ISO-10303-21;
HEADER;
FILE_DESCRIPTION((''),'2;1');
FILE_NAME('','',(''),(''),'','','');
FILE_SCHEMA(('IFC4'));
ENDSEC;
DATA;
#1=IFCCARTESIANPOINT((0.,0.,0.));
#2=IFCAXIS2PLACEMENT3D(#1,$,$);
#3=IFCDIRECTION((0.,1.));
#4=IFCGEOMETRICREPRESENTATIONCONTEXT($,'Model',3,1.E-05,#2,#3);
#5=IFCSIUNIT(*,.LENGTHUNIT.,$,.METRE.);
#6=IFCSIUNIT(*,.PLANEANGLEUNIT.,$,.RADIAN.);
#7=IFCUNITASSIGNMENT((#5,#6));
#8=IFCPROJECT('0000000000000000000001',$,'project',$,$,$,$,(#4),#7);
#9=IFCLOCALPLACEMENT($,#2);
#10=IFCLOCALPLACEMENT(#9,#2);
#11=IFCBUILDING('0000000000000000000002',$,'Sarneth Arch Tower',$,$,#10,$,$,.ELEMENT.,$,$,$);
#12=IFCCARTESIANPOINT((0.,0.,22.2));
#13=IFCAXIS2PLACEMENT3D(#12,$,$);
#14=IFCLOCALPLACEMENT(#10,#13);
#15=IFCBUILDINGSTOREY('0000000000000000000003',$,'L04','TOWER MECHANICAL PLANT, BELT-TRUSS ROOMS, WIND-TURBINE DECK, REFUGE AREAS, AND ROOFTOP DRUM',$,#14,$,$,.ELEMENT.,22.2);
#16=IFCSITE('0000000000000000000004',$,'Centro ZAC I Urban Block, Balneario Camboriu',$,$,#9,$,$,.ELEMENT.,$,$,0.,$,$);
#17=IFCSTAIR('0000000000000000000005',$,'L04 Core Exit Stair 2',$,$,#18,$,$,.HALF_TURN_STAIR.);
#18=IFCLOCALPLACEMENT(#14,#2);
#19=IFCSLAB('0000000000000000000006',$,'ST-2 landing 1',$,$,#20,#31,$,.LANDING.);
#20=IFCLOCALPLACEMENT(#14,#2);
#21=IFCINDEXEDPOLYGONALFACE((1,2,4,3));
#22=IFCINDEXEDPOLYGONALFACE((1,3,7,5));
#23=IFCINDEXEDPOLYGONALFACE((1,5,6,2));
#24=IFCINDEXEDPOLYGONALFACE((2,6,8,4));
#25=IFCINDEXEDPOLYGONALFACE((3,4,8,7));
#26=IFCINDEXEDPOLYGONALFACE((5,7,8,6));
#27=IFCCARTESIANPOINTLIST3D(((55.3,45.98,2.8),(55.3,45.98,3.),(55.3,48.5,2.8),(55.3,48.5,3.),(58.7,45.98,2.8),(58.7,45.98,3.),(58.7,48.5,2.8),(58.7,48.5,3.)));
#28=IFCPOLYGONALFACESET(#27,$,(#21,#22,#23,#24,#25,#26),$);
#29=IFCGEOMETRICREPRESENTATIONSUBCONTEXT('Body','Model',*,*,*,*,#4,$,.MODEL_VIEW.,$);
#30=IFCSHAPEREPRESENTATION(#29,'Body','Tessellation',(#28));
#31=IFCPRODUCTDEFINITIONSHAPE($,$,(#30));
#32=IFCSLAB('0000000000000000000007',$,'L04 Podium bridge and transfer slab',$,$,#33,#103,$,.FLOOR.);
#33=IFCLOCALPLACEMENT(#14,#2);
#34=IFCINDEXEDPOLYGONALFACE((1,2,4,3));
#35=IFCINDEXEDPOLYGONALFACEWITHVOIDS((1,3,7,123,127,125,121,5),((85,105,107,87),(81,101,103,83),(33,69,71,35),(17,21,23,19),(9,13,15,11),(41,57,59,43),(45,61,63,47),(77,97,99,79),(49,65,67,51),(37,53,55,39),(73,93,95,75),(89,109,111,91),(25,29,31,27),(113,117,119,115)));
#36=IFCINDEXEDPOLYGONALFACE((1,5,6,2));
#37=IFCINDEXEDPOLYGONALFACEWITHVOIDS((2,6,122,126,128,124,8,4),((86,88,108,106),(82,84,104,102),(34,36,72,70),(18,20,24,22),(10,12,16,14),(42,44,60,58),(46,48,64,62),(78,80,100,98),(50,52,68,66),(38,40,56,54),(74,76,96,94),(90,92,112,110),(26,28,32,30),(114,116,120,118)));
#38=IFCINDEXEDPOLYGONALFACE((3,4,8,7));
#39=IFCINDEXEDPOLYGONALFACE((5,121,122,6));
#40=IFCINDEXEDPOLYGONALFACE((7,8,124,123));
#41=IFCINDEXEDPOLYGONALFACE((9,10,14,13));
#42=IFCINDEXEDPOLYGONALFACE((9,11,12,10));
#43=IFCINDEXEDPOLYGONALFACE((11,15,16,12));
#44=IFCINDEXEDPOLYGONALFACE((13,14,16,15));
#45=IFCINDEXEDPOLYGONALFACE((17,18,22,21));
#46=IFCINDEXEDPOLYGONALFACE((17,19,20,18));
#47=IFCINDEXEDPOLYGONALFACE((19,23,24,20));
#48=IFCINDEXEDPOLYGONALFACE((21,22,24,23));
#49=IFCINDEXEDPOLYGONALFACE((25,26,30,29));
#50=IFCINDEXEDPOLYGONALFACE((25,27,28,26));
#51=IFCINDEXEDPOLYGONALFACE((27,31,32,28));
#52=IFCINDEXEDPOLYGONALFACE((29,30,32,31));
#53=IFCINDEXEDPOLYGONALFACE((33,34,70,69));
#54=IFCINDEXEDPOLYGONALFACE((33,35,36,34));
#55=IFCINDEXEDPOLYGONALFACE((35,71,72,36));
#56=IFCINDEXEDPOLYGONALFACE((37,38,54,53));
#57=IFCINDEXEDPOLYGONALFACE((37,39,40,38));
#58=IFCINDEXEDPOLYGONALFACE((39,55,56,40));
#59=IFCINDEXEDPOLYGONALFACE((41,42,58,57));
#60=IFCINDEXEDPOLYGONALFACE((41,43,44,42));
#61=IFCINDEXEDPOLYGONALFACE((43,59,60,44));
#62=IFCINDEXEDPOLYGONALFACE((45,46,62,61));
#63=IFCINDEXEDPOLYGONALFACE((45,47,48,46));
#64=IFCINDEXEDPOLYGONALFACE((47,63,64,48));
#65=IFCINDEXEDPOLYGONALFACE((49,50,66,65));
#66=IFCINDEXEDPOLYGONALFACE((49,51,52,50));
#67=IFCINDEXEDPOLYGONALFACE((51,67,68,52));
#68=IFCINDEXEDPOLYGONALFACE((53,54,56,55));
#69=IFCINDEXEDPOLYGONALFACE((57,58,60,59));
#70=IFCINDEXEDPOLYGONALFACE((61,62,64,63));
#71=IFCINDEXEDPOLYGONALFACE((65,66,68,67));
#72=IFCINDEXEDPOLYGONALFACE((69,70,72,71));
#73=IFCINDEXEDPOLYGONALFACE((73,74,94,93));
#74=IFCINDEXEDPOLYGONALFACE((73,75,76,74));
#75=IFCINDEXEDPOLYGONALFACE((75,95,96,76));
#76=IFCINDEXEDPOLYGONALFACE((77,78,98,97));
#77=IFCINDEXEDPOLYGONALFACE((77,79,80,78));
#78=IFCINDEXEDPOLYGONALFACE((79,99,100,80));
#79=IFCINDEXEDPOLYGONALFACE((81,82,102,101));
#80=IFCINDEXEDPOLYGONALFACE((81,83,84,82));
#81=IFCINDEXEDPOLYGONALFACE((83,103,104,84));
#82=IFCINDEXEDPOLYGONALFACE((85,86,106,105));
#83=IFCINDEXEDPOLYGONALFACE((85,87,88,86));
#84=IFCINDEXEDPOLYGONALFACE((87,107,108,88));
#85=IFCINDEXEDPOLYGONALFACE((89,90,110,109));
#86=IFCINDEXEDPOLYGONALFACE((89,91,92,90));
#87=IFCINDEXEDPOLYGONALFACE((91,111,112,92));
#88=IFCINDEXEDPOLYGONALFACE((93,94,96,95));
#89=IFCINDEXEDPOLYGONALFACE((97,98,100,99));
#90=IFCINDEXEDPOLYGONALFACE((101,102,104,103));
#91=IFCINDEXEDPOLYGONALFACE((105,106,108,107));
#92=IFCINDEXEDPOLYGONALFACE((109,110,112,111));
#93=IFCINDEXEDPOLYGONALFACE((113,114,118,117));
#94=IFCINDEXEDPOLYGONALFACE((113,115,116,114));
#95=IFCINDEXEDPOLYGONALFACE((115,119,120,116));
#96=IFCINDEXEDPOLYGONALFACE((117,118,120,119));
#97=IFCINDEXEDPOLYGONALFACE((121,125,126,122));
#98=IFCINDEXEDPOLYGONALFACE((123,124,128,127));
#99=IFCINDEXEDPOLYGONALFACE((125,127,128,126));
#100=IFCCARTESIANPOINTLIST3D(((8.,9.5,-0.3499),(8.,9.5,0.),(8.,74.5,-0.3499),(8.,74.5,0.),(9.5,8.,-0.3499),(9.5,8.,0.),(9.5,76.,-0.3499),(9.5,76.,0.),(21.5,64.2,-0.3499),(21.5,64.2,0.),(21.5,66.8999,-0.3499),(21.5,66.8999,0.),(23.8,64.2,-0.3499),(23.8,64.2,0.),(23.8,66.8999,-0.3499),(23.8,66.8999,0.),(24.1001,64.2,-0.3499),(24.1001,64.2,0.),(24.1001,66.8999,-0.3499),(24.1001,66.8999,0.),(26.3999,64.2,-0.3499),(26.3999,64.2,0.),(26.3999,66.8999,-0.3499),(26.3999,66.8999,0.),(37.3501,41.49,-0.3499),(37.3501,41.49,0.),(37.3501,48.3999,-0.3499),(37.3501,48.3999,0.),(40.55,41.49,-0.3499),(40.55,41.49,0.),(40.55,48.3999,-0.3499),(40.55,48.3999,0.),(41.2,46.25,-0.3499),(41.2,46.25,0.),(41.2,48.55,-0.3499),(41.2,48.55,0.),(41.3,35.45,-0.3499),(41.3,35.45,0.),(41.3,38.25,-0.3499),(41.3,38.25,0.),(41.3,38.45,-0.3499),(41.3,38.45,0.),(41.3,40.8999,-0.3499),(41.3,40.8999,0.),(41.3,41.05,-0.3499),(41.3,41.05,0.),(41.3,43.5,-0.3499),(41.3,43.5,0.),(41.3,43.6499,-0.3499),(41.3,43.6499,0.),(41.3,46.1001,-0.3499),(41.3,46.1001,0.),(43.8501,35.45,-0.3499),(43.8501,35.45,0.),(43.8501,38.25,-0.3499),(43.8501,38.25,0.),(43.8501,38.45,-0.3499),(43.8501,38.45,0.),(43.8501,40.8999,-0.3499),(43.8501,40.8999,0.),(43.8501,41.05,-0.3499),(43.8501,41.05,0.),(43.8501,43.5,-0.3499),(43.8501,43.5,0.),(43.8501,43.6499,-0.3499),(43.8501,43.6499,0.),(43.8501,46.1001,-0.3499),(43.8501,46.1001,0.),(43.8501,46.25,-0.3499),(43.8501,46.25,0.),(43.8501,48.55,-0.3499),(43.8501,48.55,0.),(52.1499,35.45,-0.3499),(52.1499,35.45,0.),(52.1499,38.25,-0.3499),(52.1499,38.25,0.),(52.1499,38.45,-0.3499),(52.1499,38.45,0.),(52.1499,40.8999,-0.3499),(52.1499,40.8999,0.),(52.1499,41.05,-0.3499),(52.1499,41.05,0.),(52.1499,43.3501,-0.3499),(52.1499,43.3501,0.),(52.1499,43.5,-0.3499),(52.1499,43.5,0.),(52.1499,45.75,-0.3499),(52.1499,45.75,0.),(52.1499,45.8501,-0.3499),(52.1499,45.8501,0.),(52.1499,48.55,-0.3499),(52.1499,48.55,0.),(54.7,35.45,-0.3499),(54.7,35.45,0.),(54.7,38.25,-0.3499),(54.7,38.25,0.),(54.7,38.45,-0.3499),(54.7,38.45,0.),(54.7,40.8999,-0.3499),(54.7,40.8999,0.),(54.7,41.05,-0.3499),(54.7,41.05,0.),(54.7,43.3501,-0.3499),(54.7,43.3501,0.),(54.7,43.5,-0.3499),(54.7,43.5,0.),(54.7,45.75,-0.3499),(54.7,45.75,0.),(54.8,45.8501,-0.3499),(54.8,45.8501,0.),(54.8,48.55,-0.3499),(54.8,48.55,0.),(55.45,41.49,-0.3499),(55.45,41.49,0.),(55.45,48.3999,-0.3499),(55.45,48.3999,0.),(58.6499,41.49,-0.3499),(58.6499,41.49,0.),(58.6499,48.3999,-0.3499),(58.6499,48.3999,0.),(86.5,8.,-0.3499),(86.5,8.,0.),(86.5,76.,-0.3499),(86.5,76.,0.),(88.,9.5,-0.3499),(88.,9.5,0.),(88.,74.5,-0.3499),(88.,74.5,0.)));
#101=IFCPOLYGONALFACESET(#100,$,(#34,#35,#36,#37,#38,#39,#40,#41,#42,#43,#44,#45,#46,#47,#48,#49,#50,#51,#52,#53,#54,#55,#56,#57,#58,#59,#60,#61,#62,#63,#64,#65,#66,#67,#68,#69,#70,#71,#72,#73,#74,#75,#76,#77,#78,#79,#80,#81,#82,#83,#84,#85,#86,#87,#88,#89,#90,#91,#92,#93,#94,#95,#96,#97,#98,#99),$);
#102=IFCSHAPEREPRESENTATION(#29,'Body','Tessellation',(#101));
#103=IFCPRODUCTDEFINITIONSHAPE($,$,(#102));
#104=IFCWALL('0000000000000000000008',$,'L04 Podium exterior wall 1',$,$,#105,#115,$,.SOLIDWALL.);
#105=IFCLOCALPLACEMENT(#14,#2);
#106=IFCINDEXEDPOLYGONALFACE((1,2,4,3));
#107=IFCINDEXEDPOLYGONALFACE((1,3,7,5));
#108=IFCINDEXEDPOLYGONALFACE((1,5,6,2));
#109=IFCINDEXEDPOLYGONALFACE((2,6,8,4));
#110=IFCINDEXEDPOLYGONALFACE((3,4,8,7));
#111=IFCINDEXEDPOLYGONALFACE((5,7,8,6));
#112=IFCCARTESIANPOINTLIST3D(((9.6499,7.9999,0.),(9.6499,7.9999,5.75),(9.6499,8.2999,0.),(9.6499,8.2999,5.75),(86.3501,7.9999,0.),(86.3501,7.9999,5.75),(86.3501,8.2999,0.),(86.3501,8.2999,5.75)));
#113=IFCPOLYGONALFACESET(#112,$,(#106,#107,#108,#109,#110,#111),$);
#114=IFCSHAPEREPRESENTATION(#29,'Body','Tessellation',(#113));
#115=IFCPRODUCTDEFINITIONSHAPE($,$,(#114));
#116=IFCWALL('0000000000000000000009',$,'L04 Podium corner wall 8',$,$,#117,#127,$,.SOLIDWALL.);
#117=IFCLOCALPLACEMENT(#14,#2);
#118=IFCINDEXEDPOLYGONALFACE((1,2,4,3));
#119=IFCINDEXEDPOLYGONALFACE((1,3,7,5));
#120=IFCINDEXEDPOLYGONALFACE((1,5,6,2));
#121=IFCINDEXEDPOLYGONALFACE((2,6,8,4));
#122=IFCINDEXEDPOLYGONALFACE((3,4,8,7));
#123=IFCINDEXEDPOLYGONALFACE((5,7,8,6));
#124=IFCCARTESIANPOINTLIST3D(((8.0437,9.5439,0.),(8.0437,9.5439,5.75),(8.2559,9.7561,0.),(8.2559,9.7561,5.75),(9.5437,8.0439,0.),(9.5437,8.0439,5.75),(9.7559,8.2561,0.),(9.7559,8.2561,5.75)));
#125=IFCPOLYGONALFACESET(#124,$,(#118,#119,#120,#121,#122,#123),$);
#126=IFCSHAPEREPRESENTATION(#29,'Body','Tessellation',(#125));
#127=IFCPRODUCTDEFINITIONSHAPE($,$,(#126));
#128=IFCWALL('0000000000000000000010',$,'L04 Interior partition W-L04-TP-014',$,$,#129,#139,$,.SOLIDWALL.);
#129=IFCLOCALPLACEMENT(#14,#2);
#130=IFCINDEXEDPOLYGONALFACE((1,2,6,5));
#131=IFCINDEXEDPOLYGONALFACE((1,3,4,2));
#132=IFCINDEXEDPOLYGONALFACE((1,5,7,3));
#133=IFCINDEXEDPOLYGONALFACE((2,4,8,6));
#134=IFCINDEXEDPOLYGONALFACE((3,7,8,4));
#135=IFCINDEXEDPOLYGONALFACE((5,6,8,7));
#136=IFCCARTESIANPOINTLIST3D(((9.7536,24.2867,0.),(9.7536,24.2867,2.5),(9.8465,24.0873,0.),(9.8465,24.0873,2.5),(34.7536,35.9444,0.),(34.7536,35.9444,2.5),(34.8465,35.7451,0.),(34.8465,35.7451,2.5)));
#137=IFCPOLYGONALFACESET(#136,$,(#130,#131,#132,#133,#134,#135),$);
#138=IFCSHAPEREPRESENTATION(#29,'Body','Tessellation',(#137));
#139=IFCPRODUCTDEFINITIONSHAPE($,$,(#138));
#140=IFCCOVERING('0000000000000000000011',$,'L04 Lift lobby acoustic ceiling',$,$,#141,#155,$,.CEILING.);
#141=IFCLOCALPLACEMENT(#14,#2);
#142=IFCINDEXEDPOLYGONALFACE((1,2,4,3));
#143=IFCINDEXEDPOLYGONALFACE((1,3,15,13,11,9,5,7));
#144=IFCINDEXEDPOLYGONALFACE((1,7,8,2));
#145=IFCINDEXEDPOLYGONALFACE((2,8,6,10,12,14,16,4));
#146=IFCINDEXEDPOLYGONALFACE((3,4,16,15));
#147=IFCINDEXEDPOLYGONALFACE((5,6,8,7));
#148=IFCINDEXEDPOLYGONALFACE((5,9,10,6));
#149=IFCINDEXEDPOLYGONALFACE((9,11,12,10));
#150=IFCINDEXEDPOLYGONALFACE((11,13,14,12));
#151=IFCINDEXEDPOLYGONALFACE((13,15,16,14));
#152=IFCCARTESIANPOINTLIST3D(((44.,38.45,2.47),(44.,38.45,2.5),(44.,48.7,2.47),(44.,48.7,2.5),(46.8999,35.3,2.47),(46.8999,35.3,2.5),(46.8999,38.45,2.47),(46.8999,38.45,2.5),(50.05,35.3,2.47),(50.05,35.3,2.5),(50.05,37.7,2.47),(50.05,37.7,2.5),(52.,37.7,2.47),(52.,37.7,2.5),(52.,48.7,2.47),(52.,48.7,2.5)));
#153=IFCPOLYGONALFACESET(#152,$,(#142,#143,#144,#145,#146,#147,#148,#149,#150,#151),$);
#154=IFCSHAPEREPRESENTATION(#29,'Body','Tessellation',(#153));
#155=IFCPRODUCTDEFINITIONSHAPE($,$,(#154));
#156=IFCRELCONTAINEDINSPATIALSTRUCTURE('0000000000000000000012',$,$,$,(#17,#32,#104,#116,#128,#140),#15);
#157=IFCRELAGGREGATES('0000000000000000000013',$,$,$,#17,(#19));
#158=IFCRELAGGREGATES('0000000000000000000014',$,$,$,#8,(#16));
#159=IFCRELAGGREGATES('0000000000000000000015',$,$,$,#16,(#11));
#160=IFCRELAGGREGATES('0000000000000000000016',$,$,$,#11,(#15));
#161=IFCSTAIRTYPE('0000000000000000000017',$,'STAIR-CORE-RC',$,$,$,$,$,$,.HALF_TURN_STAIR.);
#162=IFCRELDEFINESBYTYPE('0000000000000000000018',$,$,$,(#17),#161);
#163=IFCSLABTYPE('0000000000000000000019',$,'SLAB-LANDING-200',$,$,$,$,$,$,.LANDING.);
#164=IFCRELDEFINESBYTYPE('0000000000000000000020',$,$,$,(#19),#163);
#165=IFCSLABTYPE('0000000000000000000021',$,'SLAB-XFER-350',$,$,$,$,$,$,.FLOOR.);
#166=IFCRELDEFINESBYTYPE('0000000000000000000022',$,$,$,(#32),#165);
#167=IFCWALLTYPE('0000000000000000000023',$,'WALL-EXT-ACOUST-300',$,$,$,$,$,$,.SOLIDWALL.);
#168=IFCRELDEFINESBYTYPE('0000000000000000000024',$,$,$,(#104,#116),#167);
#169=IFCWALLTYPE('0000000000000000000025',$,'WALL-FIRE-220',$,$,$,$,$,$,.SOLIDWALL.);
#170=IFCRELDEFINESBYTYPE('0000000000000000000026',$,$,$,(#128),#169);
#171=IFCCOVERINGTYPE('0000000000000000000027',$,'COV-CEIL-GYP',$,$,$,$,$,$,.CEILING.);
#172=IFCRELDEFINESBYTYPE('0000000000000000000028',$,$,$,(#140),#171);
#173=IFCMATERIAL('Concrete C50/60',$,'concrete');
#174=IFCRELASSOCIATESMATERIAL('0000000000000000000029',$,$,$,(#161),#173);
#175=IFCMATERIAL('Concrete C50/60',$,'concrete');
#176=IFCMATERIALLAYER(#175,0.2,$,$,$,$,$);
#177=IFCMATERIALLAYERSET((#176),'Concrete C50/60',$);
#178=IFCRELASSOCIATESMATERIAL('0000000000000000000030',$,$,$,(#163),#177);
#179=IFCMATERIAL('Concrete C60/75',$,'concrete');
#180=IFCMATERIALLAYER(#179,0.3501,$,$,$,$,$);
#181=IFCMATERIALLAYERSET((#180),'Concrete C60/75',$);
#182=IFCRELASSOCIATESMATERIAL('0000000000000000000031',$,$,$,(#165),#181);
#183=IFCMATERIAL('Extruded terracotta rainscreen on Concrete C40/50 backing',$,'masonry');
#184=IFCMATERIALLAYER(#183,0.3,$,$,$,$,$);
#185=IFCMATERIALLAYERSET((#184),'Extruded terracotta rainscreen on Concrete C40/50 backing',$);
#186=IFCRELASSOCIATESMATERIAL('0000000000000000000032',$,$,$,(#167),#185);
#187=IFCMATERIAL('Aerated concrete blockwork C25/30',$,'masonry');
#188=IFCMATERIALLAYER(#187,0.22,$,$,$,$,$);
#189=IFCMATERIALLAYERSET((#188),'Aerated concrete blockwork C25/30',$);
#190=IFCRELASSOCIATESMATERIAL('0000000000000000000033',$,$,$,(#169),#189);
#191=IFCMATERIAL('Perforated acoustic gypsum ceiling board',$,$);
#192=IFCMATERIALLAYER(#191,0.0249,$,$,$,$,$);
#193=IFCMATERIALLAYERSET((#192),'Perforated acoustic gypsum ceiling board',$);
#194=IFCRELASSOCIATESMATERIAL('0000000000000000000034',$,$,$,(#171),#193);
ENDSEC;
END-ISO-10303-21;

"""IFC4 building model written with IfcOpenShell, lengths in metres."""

from ifc_helpers import new_model, si_unit, direction, frame, frame_2d, origin, place, context, subcontext, project, spatial, polyline, rectangle, outline, extrude, material, layer, layer_set, type_object, element, aggregate, save


model = new_model("IFC4")

# Units and contexts
model_context = context("Model", 3, precision=1e-05, world=origin(), true_north=direction((0.0, 1.0)))
body_context = subcontext(model_context, "Body", "Model", "MODEL_VIEW")
ifc_project = project(units=[si_unit("LENGTHUNIT", "METRE"), si_unit("PLANEANGLEUNIT", "RADIAN")], contexts=[model_context])

# Site, building, storey
site_placement = place(None, origin())
site = spatial("IfcSite", under=ifc_project, at=site_placement, Name="Centro ZAC I Urban Block, Balneario Camboriu", CompositionType="ELEMENT", RefElevation=0.0)
building_placement = place(site_placement, origin())
building = spatial("IfcBuilding", under=site, at=building_placement, Name="Sarneth Arch Tower", CompositionType="ELEMENT")
storey_placement = place(building_placement, frame((0.0, 0.0, 22.2)))
storey = spatial("IfcBuildingStorey", under=building, at=storey_placement, Name="L04", Description="TOWER MECHANICAL PLANT, BELT-TRUSS ROOMS, WIND-TURBINE DECK, REFUGE AREAS, AND ROOFTOP DRUM", CompositionType="ELEMENT", Elevation=22.2)

# Stair, slab
ifc_material_1 = material(Name="Concrete C50/60", Category="concrete")
stair_type = type_object("IfcStairType", Name="STAIR-CORE-RC", PredefinedType="HALF_TURN_STAIR", material=ifc_material_1)
ifc_material_2 = material(Name="Concrete C50/60", Category="concrete")
ifc_layer_1 = layer(ifc_material_2, 0.2)
ifc_layer_set_1 = layer_set([ifc_layer_1], Name="Concrete C50/60")
slab_type_1 = type_object("IfcSlabType", Name="SLAB-LANDING-200", PredefinedType="LANDING", material=ifc_layer_set_1)
stair_1_placement = place(storey_placement, origin())
stair_1 = element("IfcStair", 1, at=stair_1_placement, inside=storey, type_object=stair_type, Name="L04 Core Exit Stair 2", PredefinedType="HALF_TURN_STAIR")
slab_1_placement = place(storey_placement, frame((0.0, 0.0, 2.8)))
slab_1 = element("IfcSlab", 2, at=slab_1_placement, type_object=slab_type_1, Name="ST-2 landing 1", PredefinedType="LANDING", context=body_context, shape_type="SweptSolid", body=[
    extrude(outline(polyline([(55.3, 45.98), (58.7, 45.98), (58.7, 48.5), (55.3, 48.5), (55.3, 45.98)])), origin(), (0.0, 0.0, 1.0), 0.2),
])
aggregate(stair_1, [slab_1])

# Slab
ifc_material_3 = material(Name="Concrete C60/75", Category="concrete")
ifc_layer_2 = layer(ifc_material_3, 0.3501)
ifc_layer_set_2 = layer_set([ifc_layer_2], Name="Concrete C60/75")
slab_type_2 = type_object("IfcSlabType", Name="SLAB-XFER-350", PredefinedType="FLOOR", material=ifc_layer_set_2)
slab_2_placement = place(storey_placement, frame((0.0, 0.0, -0.3499)))
element("IfcSlab", 3, at=slab_2_placement, inside=storey, type_object=slab_type_2, Name="L04 Podium bridge and transfer slab", PredefinedType="FLOOR", context=body_context, shape_type="SweptSolid", body=[
    extrude(outline(polyline([(9.5, 8.0), (86.5, 8.0), (88.0, 9.5), (88.0, 74.5), (86.5, 76.0), (9.5, 76.0), (8.0, 74.5), (8.0, 9.5), (9.5, 8.0)]), holes=[polyline([(37.3501, 41.49), (40.55, 41.49), (40.55, 48.3999), (37.3501, 48.3999), (37.3501, 41.49)]), polyline([(55.45, 41.49), (58.6499, 41.49), (58.6499, 48.3999), (55.45, 48.3999), (55.45, 41.49)]), polyline([(41.2, 46.25), (43.8501, 46.25), (43.8501, 48.55), (41.2, 48.55), (41.2, 46.25)]), polyline([(41.3, 35.45), (43.8501, 35.45), (43.8501, 38.25), (41.3, 38.25), (41.3, 35.45)]), polyline([(52.1499, 35.45), (54.7, 35.45), (54.7, 38.25), (52.1499, 38.25), (52.1499, 35.45)]), polyline([(52.1499, 45.8501), (54.8, 45.8501), (54.8, 48.55), (52.1499, 48.55), (52.1499, 45.8501)]), polyline([(41.3, 38.45), (43.8501, 38.45), (43.8501, 40.8999), (41.3, 40.8999), (41.3, 38.45)]), polyline([(41.3, 41.05), (43.8501, 41.05), (43.8501, 43.5), (41.3, 43.5), (41.3, 41.05)]), polyline([(41.3, 43.6499), (43.8501, 43.6499), (43.8501, 46.1001), (41.3, 46.1001), (41.3, 43.6499)]), polyline([(52.1499, 38.45), (54.7, 38.45), (54.7, 40.8999), (52.1499, 40.8999), (52.1499, 38.45)]), polyline([(52.1499, 41.05), (54.7, 41.05), (54.7, 43.3501), (52.1499, 43.3501), (52.1499, 41.05)]), polyline([(52.1499, 43.5), (54.7, 43.5), (54.7, 45.75), (52.1499, 45.75), (52.1499, 43.5)]), polyline([(21.5, 64.2), (23.8, 64.2), (23.8, 66.8999), (21.5, 66.8999), (21.5, 64.2)]), polyline([(24.1001, 64.2), (26.3999, 64.2), (26.3999, 66.8999), (24.1001, 66.8999), (24.1001, 64.2)])]), origin(), (0.0, 0.0, 1.0), 0.3499),
])

# Walls
ifc_material_4 = material(Name="Extruded terracotta rainscreen on Concrete C40/50 backing", Category="masonry")
ifc_layer_3 = layer(ifc_material_4, 0.3)
ifc_layer_set_3 = layer_set([ifc_layer_3], Name="Extruded terracotta rainscreen on Concrete C40/50 backing")
wall_type_1 = type_object("IfcWallType", Name="WALL-EXT-ACOUST-300", PredefinedType="SOLIDWALL", material=ifc_layer_set_3)
wall_1_placement = place(storey_placement, frame((9.6499, 8.1499, 0.0), z_axis=(0.0, 0.0, 1.0), x_axis=(1.0, 0.0, 0.0)))
element("IfcWall", 4, at=wall_1_placement, inside=storey, type_object=wall_type_1, Name="L04 Podium exterior wall 1", PredefinedType="SOLIDWALL", context=body_context, shape_type="SweptSolid", body=[
    extrude(rectangle(XDim=76.7002, YDim=0.3, at=frame_2d((38.3501, 0.0))), origin(), (0.0, 0.0, 1.0), 5.75),
])
wall_2_placement = place(storey_placement, frame((8.1499, 9.6499, 0.0), z_axis=(0.0, 0.0, 1.0), x_axis=(0.707107, -0.707107, 0.0)))
element("IfcWall", 5, at=wall_2_placement, inside=storey, type_object=wall_type_1, Name="L04 Podium corner wall 8", PredefinedType="SOLIDWALL", context=body_context, shape_type="SweptSolid", body=[
    extrude(rectangle(XDim=2.1213, YDim=0.3, at=frame_2d((1.0605, 0.0))), origin(), (0.0, 0.0, 1.0), 5.75),
])
ifc_material_5 = material(Name="Aerated concrete blockwork C25/30", Category="masonry")
ifc_layer_4 = layer(ifc_material_5, 0.22)
ifc_layer_set_4 = layer_set([ifc_layer_4], Name="Aerated concrete blockwork C25/30")
wall_type_2 = type_object("IfcWallType", Name="WALL-FIRE-220", PredefinedType="SOLIDWALL", material=ifc_layer_set_4)
wall_3_placement = place(storey_placement, frame((9.8, 24.187, 0.0), z_axis=(0.0, 0.0, 1.0), x_axis=(0.906307, 0.422619, 0.0)))
element("IfcWall", 6, at=wall_3_placement, inside=storey, type_object=wall_type_2, Name="L04 Interior partition W-L04-TP-014", PredefinedType="SOLIDWALL", context=body_context, shape_type="SweptSolid", body=[
    extrude(rectangle(XDim=27.5845, YDim=0.22, at=frame_2d((13.7922, 0.0))), origin(), (0.0, 0.0, 1.0), 2.5),
])

# Covering
ifc_material_6 = material(Name="Perforated acoustic gypsum ceiling board")
ifc_layer_5 = layer(ifc_material_6, 0.0249)
ifc_layer_set_5 = layer_set([ifc_layer_5], Name="Perforated acoustic gypsum ceiling board")
covering_type = type_object("IfcCoveringType", Name="COV-CEIL-GYP", PredefinedType="CEILING", material=ifc_layer_set_5)
covering_placement = place(storey_placement, frame((0.0, 0.0, 2.47)))
element("IfcCovering", 7, at=covering_placement, inside=storey, type_object=covering_type, Name="L04 Lift lobby acoustic ceiling", PredefinedType="CEILING", context=body_context, shape_type="SweptSolid", body=[
    extrude(outline(polyline([(52.0, 37.7), (50.05, 37.7), (50.05, 35.3), (46.8999, 35.3), (46.8999, 38.45), (44.0, 38.45), (44.0, 48.7), (52.0, 48.7), (52.0, 37.7)])), origin(), (0.0, 0.0, 1.0), 0.03),
])

save(model, "model.ifc")
